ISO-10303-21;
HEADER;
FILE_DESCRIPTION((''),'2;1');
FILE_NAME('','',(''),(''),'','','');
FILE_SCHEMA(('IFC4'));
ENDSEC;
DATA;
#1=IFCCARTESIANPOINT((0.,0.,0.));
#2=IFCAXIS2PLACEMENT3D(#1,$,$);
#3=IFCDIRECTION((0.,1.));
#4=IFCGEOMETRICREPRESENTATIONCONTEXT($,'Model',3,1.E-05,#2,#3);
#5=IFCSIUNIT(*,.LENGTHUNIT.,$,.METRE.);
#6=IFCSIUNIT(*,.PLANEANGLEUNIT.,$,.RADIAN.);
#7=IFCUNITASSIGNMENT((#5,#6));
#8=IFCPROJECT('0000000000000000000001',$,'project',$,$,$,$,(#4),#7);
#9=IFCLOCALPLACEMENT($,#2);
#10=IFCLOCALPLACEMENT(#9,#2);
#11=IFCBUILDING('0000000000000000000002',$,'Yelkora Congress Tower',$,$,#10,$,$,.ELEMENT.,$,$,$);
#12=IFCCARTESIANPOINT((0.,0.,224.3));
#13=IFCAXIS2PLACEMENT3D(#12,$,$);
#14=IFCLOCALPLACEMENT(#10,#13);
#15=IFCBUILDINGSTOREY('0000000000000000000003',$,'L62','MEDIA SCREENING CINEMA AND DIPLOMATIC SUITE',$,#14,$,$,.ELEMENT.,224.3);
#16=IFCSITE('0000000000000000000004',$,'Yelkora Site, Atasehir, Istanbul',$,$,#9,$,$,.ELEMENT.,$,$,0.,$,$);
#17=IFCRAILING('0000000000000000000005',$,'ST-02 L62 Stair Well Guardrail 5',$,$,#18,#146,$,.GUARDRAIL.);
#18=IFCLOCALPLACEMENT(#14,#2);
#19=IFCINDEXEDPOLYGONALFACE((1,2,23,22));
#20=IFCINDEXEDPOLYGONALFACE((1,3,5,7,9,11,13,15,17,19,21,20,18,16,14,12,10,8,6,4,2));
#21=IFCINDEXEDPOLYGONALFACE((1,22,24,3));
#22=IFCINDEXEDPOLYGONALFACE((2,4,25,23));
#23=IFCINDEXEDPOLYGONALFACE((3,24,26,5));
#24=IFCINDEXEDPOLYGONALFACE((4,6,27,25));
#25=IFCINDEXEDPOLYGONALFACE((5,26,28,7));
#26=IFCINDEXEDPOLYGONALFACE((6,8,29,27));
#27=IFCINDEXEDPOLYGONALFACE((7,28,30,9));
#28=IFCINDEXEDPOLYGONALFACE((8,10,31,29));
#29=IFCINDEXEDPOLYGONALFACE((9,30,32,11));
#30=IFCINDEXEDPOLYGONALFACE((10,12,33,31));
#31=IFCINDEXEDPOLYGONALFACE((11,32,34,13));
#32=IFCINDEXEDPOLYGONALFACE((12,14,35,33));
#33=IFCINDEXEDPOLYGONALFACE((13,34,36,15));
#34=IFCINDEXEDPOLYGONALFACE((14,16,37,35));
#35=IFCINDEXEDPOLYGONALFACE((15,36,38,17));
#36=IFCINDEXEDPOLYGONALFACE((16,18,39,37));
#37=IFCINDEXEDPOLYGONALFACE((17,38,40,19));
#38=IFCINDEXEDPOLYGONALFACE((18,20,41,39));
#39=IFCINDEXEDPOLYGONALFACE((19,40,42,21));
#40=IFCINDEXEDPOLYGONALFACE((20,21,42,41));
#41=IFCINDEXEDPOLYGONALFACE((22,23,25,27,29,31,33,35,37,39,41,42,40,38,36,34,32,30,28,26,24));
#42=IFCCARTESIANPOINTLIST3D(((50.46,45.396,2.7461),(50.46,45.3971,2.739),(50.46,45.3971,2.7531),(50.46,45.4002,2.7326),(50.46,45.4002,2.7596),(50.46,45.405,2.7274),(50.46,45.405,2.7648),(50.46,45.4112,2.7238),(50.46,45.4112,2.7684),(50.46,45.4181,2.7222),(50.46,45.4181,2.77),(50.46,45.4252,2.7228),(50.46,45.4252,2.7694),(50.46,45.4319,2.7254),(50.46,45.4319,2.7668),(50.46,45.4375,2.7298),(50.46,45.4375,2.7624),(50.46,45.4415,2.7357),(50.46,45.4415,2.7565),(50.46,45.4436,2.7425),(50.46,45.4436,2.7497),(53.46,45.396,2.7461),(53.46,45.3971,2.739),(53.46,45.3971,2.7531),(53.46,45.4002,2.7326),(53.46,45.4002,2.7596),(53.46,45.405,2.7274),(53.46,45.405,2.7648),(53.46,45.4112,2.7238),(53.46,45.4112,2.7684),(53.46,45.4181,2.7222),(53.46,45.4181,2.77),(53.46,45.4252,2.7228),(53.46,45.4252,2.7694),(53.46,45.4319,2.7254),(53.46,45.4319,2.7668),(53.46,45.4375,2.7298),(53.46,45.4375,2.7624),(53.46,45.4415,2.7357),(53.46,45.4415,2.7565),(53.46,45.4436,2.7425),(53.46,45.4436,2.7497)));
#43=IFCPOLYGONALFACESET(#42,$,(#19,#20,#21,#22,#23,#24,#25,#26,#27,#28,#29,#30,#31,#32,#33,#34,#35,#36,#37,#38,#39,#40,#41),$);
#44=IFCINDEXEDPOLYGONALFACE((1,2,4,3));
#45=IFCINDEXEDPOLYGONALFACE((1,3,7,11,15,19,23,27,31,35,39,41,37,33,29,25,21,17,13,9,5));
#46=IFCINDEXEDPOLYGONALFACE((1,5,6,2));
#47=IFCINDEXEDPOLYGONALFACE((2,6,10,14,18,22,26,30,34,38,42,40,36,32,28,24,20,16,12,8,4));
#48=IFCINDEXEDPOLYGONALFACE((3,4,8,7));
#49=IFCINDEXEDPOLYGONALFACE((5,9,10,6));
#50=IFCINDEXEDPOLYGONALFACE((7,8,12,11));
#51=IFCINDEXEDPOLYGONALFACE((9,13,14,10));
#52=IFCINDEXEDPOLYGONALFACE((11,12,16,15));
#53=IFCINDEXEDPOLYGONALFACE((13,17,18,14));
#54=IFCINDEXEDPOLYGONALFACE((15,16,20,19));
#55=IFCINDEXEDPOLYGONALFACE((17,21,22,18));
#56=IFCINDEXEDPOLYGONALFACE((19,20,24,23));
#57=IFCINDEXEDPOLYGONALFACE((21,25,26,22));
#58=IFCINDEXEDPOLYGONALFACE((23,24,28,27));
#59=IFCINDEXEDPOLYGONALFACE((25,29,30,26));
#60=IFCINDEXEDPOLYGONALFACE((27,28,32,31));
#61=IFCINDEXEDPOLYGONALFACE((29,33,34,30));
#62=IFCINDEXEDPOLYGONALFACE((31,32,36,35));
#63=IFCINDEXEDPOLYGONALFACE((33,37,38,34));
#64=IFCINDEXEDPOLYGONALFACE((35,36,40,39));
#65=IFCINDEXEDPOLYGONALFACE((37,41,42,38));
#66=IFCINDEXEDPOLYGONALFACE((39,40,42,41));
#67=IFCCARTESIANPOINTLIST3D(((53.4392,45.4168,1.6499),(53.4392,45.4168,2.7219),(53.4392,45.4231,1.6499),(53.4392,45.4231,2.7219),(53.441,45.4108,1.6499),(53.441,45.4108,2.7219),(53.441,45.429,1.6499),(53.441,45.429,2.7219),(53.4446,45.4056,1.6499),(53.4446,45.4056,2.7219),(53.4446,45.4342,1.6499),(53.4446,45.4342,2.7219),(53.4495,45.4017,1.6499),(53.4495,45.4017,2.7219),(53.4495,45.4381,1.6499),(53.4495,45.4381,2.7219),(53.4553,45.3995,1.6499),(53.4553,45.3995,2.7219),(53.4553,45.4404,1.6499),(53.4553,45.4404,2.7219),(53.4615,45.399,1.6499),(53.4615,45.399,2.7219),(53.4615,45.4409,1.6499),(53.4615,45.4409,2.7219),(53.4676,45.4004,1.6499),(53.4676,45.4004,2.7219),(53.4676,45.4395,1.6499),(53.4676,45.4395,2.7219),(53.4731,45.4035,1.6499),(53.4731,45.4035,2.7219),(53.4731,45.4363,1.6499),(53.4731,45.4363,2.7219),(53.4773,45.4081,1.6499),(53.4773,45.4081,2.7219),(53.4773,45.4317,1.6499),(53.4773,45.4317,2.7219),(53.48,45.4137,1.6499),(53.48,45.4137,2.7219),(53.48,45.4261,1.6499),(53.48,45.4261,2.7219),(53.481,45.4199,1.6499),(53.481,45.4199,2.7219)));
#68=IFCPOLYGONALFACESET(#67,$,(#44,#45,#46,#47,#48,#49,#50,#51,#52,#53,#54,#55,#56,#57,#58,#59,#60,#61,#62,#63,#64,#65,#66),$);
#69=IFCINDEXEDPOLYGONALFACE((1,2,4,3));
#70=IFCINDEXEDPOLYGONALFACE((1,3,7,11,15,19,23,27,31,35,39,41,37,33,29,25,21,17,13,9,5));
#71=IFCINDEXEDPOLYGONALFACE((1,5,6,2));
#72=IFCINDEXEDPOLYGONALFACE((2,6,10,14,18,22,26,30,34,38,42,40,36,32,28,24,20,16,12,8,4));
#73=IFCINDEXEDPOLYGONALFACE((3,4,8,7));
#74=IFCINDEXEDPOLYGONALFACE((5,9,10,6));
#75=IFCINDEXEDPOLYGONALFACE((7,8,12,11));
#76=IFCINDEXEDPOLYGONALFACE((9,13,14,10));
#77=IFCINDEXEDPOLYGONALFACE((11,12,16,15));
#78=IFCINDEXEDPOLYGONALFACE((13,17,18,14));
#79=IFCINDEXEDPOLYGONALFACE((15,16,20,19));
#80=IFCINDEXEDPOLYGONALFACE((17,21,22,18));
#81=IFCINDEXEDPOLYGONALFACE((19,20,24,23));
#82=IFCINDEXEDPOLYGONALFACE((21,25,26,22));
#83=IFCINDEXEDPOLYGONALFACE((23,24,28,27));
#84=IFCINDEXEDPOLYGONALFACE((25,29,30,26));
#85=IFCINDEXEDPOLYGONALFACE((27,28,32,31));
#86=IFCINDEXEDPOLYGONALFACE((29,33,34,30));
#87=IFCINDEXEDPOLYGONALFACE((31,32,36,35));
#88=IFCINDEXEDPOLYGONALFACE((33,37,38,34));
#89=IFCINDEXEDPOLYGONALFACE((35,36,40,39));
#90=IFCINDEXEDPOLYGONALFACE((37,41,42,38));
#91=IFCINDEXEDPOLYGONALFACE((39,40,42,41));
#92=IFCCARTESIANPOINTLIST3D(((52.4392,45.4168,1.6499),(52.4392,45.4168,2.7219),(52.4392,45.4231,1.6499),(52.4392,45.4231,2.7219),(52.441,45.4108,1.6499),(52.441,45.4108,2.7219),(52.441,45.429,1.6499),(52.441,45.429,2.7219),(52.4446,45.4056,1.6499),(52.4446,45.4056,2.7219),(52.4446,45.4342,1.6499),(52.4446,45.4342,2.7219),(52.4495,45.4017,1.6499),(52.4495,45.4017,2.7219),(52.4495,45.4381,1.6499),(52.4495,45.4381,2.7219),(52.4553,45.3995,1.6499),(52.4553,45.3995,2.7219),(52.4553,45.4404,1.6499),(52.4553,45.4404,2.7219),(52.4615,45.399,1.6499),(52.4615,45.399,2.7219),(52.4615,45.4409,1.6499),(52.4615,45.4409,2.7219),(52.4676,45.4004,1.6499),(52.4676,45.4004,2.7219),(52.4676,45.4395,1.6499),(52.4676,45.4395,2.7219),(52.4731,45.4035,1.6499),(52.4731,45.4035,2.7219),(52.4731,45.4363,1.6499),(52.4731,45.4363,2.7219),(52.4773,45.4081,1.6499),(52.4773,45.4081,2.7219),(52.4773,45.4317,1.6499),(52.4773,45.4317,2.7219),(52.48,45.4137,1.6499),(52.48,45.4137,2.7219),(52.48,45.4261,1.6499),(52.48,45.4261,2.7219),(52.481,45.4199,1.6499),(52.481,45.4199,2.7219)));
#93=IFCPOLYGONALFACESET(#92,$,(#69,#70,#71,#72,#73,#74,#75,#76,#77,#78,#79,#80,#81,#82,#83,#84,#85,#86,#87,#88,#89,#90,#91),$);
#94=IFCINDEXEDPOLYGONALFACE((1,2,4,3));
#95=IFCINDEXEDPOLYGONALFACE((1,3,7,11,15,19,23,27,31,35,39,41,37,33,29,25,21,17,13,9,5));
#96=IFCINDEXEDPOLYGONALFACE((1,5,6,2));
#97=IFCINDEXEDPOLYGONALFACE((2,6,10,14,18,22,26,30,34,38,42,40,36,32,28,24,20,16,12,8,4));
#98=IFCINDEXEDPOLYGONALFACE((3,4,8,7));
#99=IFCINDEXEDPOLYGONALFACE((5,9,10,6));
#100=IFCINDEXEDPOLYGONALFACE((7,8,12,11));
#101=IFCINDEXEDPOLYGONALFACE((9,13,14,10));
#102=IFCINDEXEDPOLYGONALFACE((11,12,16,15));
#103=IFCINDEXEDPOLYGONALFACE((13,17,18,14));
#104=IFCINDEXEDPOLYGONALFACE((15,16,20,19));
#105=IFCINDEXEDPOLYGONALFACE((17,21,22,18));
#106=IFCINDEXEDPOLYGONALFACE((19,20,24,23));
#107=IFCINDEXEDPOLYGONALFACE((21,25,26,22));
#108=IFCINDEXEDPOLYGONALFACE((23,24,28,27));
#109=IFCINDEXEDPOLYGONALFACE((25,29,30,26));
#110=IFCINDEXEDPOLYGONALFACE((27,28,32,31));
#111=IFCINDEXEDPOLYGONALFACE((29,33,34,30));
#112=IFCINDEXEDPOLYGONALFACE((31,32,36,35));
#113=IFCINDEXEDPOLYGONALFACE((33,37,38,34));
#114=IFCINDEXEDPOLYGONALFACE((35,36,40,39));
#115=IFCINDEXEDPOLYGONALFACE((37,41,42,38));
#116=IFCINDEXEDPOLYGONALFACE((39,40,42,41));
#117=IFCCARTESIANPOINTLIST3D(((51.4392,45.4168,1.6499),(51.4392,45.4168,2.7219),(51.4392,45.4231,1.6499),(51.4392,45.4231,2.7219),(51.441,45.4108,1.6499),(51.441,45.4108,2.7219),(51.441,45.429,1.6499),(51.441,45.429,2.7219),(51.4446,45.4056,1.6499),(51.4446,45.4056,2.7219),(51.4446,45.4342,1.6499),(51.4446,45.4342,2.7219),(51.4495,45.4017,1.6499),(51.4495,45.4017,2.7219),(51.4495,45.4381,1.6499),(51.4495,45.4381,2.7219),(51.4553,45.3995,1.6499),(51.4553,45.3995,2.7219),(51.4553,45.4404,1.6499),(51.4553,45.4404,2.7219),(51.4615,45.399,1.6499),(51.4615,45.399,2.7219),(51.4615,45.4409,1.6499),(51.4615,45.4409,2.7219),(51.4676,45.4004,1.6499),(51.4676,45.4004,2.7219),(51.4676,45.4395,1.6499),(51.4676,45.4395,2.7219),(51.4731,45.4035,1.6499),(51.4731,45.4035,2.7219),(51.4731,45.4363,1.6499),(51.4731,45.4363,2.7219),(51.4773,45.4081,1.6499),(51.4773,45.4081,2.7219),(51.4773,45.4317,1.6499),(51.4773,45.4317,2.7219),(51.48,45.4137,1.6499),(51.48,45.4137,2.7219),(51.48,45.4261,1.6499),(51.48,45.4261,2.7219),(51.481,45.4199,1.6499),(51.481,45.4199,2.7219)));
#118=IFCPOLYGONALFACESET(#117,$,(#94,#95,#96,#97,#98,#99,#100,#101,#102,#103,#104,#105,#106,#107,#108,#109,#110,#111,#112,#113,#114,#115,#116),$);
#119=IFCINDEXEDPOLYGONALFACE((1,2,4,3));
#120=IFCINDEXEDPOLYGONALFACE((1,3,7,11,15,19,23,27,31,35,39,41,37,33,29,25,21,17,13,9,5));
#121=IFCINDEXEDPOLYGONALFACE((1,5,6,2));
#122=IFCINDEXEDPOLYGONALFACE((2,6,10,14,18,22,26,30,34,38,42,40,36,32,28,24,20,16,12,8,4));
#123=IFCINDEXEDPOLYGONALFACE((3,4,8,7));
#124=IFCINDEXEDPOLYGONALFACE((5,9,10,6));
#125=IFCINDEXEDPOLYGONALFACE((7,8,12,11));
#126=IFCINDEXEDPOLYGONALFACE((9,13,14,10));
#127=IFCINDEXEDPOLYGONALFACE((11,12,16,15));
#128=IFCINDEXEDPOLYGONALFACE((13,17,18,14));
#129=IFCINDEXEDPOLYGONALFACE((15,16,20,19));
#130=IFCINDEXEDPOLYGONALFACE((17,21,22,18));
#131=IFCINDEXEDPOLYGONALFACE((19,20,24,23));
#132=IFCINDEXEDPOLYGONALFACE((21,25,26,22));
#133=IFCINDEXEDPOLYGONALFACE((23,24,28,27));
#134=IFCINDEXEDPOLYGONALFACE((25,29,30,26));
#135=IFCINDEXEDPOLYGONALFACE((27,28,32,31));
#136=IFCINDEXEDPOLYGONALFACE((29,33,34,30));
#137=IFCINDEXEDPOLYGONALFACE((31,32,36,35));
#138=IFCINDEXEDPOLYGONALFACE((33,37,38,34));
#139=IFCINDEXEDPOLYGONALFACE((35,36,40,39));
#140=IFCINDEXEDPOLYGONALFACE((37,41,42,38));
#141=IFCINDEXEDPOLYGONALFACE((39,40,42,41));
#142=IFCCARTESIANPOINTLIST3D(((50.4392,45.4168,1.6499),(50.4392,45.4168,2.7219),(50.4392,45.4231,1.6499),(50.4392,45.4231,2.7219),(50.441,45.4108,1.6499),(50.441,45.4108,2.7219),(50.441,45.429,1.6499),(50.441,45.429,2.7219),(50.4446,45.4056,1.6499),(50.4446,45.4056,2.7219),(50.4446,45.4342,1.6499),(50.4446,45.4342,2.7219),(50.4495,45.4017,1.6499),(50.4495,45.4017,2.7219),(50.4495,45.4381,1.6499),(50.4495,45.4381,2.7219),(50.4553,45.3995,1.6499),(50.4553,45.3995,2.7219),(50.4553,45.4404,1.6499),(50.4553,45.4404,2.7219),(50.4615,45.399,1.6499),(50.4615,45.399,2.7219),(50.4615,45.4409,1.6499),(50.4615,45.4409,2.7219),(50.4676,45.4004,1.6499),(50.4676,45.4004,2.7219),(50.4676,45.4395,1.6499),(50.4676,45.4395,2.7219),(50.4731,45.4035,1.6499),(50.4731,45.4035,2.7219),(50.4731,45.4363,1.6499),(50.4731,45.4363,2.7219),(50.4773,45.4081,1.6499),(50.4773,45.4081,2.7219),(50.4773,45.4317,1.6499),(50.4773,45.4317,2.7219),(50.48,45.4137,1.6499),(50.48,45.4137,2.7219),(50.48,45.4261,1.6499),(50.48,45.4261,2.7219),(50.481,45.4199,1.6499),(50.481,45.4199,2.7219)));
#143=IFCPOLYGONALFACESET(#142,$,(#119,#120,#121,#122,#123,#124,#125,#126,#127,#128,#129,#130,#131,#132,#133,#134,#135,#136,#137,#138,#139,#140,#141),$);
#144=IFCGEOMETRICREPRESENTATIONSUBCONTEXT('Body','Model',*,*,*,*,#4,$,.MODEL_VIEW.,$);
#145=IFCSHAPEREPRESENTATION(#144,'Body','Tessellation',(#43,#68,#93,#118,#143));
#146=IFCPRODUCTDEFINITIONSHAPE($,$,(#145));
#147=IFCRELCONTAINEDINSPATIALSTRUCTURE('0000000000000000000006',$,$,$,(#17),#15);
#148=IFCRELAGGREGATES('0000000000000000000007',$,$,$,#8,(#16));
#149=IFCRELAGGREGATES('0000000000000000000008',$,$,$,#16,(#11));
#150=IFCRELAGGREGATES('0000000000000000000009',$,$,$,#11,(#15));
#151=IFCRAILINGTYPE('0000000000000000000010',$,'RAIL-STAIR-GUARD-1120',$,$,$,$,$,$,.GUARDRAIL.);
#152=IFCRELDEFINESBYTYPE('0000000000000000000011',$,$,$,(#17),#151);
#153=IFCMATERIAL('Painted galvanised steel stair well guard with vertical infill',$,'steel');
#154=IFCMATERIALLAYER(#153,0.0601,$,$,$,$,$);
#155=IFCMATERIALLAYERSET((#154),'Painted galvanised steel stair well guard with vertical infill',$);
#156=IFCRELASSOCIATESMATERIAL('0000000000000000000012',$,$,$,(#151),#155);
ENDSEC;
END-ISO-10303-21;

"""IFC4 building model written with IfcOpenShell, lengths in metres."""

from ifc_helpers import new_model, si_unit, direction, frame, origin, origin_2d, place, context, subcontext, project, spatial, circle, extrude, material, layer, layer_set, type_object, element, save


model = new_model("IFC4")

# Units and contexts
model_context = context("Model", 3, precision=1e-05, world=origin(), true_north=direction((0.0, 1.0)))
body_context = subcontext(model_context, "Body", "Model", "MODEL_VIEW")
ifc_project = project(units=[si_unit("LENGTHUNIT", "METRE"), si_unit("PLANEANGLEUNIT", "RADIAN")], contexts=[model_context])

# Site, building, storey
site_placement = place(None, origin())
site = spatial("IfcSite", under=ifc_project, at=site_placement, Name="Yelkora Site, Atasehir, Istanbul", CompositionType="ELEMENT", RefElevation=0.0)
building_placement = place(site_placement, origin())
building = spatial("IfcBuilding", under=site, at=building_placement, Name="Yelkora Congress Tower", CompositionType="ELEMENT")
storey_placement = place(building_placement, frame((0.0, 0.0, 224.3)))
storey = spatial("IfcBuildingStorey", under=building, at=storey_placement, Name="L62", Description="MEDIA SCREENING CINEMA AND DIPLOMATIC SUITE", CompositionType="ELEMENT", Elevation=224.3)

# Railing
ifc_material_1 = material(Name="Painted galvanised steel stair well guard with vertical infill", Category="steel")
ifc_layer_1 = layer(ifc_material_1, 0.0601)
ifc_layer_set_1 = layer_set([ifc_layer_1], Name="Painted galvanised steel stair well guard with vertical infill")
railing_type_1 = type_object("IfcRailingType", Name="RAIL-STAIR-GUARD-1120", PredefinedType="GUARDRAIL", material=ifc_layer_set_1)
railing_1_placement = place(storey_placement, frame((53.46, 45.4199, 1.6499)))
element("IfcRailing", 1, at=railing_1_placement, inside=storey, type_object=railing_type_1, Name="ST-02 L62 Stair Well Guardrail 5", PredefinedType="GUARDRAIL", context=body_context, shape_type="SweptSolid", body=[
    extrude(circle(Radius=0.0239, at=origin_2d()), frame((0.0, 0.0, 1.0962), z_axis=(-1.0, 0.0, 0.0), x_axis=(0.0, -1.0, 0.0)), (0.0, 0.0, 1.0), 3.0),
    extrude(circle(Radius=0.021, at=origin_2d()), origin(), (0.0, 0.0, 1.0), 1.072),
    extrude(circle(Radius=0.021, at=origin_2d()), frame((-1.0, 0.0, 0.0)), (0.0, 0.0, 1.0), 1.072),
    extrude(circle(Radius=0.021, at=origin_2d()), frame((-2.0, 0.0, 0.0)), (0.0, 0.0, 1.0), 1.072),
    extrude(circle(Radius=0.021, at=origin_2d()), frame((-3.0, 0.0, 0.0)), (0.0, 0.0, 1.0), 1.072),
])

save(model, "model.ifc")
